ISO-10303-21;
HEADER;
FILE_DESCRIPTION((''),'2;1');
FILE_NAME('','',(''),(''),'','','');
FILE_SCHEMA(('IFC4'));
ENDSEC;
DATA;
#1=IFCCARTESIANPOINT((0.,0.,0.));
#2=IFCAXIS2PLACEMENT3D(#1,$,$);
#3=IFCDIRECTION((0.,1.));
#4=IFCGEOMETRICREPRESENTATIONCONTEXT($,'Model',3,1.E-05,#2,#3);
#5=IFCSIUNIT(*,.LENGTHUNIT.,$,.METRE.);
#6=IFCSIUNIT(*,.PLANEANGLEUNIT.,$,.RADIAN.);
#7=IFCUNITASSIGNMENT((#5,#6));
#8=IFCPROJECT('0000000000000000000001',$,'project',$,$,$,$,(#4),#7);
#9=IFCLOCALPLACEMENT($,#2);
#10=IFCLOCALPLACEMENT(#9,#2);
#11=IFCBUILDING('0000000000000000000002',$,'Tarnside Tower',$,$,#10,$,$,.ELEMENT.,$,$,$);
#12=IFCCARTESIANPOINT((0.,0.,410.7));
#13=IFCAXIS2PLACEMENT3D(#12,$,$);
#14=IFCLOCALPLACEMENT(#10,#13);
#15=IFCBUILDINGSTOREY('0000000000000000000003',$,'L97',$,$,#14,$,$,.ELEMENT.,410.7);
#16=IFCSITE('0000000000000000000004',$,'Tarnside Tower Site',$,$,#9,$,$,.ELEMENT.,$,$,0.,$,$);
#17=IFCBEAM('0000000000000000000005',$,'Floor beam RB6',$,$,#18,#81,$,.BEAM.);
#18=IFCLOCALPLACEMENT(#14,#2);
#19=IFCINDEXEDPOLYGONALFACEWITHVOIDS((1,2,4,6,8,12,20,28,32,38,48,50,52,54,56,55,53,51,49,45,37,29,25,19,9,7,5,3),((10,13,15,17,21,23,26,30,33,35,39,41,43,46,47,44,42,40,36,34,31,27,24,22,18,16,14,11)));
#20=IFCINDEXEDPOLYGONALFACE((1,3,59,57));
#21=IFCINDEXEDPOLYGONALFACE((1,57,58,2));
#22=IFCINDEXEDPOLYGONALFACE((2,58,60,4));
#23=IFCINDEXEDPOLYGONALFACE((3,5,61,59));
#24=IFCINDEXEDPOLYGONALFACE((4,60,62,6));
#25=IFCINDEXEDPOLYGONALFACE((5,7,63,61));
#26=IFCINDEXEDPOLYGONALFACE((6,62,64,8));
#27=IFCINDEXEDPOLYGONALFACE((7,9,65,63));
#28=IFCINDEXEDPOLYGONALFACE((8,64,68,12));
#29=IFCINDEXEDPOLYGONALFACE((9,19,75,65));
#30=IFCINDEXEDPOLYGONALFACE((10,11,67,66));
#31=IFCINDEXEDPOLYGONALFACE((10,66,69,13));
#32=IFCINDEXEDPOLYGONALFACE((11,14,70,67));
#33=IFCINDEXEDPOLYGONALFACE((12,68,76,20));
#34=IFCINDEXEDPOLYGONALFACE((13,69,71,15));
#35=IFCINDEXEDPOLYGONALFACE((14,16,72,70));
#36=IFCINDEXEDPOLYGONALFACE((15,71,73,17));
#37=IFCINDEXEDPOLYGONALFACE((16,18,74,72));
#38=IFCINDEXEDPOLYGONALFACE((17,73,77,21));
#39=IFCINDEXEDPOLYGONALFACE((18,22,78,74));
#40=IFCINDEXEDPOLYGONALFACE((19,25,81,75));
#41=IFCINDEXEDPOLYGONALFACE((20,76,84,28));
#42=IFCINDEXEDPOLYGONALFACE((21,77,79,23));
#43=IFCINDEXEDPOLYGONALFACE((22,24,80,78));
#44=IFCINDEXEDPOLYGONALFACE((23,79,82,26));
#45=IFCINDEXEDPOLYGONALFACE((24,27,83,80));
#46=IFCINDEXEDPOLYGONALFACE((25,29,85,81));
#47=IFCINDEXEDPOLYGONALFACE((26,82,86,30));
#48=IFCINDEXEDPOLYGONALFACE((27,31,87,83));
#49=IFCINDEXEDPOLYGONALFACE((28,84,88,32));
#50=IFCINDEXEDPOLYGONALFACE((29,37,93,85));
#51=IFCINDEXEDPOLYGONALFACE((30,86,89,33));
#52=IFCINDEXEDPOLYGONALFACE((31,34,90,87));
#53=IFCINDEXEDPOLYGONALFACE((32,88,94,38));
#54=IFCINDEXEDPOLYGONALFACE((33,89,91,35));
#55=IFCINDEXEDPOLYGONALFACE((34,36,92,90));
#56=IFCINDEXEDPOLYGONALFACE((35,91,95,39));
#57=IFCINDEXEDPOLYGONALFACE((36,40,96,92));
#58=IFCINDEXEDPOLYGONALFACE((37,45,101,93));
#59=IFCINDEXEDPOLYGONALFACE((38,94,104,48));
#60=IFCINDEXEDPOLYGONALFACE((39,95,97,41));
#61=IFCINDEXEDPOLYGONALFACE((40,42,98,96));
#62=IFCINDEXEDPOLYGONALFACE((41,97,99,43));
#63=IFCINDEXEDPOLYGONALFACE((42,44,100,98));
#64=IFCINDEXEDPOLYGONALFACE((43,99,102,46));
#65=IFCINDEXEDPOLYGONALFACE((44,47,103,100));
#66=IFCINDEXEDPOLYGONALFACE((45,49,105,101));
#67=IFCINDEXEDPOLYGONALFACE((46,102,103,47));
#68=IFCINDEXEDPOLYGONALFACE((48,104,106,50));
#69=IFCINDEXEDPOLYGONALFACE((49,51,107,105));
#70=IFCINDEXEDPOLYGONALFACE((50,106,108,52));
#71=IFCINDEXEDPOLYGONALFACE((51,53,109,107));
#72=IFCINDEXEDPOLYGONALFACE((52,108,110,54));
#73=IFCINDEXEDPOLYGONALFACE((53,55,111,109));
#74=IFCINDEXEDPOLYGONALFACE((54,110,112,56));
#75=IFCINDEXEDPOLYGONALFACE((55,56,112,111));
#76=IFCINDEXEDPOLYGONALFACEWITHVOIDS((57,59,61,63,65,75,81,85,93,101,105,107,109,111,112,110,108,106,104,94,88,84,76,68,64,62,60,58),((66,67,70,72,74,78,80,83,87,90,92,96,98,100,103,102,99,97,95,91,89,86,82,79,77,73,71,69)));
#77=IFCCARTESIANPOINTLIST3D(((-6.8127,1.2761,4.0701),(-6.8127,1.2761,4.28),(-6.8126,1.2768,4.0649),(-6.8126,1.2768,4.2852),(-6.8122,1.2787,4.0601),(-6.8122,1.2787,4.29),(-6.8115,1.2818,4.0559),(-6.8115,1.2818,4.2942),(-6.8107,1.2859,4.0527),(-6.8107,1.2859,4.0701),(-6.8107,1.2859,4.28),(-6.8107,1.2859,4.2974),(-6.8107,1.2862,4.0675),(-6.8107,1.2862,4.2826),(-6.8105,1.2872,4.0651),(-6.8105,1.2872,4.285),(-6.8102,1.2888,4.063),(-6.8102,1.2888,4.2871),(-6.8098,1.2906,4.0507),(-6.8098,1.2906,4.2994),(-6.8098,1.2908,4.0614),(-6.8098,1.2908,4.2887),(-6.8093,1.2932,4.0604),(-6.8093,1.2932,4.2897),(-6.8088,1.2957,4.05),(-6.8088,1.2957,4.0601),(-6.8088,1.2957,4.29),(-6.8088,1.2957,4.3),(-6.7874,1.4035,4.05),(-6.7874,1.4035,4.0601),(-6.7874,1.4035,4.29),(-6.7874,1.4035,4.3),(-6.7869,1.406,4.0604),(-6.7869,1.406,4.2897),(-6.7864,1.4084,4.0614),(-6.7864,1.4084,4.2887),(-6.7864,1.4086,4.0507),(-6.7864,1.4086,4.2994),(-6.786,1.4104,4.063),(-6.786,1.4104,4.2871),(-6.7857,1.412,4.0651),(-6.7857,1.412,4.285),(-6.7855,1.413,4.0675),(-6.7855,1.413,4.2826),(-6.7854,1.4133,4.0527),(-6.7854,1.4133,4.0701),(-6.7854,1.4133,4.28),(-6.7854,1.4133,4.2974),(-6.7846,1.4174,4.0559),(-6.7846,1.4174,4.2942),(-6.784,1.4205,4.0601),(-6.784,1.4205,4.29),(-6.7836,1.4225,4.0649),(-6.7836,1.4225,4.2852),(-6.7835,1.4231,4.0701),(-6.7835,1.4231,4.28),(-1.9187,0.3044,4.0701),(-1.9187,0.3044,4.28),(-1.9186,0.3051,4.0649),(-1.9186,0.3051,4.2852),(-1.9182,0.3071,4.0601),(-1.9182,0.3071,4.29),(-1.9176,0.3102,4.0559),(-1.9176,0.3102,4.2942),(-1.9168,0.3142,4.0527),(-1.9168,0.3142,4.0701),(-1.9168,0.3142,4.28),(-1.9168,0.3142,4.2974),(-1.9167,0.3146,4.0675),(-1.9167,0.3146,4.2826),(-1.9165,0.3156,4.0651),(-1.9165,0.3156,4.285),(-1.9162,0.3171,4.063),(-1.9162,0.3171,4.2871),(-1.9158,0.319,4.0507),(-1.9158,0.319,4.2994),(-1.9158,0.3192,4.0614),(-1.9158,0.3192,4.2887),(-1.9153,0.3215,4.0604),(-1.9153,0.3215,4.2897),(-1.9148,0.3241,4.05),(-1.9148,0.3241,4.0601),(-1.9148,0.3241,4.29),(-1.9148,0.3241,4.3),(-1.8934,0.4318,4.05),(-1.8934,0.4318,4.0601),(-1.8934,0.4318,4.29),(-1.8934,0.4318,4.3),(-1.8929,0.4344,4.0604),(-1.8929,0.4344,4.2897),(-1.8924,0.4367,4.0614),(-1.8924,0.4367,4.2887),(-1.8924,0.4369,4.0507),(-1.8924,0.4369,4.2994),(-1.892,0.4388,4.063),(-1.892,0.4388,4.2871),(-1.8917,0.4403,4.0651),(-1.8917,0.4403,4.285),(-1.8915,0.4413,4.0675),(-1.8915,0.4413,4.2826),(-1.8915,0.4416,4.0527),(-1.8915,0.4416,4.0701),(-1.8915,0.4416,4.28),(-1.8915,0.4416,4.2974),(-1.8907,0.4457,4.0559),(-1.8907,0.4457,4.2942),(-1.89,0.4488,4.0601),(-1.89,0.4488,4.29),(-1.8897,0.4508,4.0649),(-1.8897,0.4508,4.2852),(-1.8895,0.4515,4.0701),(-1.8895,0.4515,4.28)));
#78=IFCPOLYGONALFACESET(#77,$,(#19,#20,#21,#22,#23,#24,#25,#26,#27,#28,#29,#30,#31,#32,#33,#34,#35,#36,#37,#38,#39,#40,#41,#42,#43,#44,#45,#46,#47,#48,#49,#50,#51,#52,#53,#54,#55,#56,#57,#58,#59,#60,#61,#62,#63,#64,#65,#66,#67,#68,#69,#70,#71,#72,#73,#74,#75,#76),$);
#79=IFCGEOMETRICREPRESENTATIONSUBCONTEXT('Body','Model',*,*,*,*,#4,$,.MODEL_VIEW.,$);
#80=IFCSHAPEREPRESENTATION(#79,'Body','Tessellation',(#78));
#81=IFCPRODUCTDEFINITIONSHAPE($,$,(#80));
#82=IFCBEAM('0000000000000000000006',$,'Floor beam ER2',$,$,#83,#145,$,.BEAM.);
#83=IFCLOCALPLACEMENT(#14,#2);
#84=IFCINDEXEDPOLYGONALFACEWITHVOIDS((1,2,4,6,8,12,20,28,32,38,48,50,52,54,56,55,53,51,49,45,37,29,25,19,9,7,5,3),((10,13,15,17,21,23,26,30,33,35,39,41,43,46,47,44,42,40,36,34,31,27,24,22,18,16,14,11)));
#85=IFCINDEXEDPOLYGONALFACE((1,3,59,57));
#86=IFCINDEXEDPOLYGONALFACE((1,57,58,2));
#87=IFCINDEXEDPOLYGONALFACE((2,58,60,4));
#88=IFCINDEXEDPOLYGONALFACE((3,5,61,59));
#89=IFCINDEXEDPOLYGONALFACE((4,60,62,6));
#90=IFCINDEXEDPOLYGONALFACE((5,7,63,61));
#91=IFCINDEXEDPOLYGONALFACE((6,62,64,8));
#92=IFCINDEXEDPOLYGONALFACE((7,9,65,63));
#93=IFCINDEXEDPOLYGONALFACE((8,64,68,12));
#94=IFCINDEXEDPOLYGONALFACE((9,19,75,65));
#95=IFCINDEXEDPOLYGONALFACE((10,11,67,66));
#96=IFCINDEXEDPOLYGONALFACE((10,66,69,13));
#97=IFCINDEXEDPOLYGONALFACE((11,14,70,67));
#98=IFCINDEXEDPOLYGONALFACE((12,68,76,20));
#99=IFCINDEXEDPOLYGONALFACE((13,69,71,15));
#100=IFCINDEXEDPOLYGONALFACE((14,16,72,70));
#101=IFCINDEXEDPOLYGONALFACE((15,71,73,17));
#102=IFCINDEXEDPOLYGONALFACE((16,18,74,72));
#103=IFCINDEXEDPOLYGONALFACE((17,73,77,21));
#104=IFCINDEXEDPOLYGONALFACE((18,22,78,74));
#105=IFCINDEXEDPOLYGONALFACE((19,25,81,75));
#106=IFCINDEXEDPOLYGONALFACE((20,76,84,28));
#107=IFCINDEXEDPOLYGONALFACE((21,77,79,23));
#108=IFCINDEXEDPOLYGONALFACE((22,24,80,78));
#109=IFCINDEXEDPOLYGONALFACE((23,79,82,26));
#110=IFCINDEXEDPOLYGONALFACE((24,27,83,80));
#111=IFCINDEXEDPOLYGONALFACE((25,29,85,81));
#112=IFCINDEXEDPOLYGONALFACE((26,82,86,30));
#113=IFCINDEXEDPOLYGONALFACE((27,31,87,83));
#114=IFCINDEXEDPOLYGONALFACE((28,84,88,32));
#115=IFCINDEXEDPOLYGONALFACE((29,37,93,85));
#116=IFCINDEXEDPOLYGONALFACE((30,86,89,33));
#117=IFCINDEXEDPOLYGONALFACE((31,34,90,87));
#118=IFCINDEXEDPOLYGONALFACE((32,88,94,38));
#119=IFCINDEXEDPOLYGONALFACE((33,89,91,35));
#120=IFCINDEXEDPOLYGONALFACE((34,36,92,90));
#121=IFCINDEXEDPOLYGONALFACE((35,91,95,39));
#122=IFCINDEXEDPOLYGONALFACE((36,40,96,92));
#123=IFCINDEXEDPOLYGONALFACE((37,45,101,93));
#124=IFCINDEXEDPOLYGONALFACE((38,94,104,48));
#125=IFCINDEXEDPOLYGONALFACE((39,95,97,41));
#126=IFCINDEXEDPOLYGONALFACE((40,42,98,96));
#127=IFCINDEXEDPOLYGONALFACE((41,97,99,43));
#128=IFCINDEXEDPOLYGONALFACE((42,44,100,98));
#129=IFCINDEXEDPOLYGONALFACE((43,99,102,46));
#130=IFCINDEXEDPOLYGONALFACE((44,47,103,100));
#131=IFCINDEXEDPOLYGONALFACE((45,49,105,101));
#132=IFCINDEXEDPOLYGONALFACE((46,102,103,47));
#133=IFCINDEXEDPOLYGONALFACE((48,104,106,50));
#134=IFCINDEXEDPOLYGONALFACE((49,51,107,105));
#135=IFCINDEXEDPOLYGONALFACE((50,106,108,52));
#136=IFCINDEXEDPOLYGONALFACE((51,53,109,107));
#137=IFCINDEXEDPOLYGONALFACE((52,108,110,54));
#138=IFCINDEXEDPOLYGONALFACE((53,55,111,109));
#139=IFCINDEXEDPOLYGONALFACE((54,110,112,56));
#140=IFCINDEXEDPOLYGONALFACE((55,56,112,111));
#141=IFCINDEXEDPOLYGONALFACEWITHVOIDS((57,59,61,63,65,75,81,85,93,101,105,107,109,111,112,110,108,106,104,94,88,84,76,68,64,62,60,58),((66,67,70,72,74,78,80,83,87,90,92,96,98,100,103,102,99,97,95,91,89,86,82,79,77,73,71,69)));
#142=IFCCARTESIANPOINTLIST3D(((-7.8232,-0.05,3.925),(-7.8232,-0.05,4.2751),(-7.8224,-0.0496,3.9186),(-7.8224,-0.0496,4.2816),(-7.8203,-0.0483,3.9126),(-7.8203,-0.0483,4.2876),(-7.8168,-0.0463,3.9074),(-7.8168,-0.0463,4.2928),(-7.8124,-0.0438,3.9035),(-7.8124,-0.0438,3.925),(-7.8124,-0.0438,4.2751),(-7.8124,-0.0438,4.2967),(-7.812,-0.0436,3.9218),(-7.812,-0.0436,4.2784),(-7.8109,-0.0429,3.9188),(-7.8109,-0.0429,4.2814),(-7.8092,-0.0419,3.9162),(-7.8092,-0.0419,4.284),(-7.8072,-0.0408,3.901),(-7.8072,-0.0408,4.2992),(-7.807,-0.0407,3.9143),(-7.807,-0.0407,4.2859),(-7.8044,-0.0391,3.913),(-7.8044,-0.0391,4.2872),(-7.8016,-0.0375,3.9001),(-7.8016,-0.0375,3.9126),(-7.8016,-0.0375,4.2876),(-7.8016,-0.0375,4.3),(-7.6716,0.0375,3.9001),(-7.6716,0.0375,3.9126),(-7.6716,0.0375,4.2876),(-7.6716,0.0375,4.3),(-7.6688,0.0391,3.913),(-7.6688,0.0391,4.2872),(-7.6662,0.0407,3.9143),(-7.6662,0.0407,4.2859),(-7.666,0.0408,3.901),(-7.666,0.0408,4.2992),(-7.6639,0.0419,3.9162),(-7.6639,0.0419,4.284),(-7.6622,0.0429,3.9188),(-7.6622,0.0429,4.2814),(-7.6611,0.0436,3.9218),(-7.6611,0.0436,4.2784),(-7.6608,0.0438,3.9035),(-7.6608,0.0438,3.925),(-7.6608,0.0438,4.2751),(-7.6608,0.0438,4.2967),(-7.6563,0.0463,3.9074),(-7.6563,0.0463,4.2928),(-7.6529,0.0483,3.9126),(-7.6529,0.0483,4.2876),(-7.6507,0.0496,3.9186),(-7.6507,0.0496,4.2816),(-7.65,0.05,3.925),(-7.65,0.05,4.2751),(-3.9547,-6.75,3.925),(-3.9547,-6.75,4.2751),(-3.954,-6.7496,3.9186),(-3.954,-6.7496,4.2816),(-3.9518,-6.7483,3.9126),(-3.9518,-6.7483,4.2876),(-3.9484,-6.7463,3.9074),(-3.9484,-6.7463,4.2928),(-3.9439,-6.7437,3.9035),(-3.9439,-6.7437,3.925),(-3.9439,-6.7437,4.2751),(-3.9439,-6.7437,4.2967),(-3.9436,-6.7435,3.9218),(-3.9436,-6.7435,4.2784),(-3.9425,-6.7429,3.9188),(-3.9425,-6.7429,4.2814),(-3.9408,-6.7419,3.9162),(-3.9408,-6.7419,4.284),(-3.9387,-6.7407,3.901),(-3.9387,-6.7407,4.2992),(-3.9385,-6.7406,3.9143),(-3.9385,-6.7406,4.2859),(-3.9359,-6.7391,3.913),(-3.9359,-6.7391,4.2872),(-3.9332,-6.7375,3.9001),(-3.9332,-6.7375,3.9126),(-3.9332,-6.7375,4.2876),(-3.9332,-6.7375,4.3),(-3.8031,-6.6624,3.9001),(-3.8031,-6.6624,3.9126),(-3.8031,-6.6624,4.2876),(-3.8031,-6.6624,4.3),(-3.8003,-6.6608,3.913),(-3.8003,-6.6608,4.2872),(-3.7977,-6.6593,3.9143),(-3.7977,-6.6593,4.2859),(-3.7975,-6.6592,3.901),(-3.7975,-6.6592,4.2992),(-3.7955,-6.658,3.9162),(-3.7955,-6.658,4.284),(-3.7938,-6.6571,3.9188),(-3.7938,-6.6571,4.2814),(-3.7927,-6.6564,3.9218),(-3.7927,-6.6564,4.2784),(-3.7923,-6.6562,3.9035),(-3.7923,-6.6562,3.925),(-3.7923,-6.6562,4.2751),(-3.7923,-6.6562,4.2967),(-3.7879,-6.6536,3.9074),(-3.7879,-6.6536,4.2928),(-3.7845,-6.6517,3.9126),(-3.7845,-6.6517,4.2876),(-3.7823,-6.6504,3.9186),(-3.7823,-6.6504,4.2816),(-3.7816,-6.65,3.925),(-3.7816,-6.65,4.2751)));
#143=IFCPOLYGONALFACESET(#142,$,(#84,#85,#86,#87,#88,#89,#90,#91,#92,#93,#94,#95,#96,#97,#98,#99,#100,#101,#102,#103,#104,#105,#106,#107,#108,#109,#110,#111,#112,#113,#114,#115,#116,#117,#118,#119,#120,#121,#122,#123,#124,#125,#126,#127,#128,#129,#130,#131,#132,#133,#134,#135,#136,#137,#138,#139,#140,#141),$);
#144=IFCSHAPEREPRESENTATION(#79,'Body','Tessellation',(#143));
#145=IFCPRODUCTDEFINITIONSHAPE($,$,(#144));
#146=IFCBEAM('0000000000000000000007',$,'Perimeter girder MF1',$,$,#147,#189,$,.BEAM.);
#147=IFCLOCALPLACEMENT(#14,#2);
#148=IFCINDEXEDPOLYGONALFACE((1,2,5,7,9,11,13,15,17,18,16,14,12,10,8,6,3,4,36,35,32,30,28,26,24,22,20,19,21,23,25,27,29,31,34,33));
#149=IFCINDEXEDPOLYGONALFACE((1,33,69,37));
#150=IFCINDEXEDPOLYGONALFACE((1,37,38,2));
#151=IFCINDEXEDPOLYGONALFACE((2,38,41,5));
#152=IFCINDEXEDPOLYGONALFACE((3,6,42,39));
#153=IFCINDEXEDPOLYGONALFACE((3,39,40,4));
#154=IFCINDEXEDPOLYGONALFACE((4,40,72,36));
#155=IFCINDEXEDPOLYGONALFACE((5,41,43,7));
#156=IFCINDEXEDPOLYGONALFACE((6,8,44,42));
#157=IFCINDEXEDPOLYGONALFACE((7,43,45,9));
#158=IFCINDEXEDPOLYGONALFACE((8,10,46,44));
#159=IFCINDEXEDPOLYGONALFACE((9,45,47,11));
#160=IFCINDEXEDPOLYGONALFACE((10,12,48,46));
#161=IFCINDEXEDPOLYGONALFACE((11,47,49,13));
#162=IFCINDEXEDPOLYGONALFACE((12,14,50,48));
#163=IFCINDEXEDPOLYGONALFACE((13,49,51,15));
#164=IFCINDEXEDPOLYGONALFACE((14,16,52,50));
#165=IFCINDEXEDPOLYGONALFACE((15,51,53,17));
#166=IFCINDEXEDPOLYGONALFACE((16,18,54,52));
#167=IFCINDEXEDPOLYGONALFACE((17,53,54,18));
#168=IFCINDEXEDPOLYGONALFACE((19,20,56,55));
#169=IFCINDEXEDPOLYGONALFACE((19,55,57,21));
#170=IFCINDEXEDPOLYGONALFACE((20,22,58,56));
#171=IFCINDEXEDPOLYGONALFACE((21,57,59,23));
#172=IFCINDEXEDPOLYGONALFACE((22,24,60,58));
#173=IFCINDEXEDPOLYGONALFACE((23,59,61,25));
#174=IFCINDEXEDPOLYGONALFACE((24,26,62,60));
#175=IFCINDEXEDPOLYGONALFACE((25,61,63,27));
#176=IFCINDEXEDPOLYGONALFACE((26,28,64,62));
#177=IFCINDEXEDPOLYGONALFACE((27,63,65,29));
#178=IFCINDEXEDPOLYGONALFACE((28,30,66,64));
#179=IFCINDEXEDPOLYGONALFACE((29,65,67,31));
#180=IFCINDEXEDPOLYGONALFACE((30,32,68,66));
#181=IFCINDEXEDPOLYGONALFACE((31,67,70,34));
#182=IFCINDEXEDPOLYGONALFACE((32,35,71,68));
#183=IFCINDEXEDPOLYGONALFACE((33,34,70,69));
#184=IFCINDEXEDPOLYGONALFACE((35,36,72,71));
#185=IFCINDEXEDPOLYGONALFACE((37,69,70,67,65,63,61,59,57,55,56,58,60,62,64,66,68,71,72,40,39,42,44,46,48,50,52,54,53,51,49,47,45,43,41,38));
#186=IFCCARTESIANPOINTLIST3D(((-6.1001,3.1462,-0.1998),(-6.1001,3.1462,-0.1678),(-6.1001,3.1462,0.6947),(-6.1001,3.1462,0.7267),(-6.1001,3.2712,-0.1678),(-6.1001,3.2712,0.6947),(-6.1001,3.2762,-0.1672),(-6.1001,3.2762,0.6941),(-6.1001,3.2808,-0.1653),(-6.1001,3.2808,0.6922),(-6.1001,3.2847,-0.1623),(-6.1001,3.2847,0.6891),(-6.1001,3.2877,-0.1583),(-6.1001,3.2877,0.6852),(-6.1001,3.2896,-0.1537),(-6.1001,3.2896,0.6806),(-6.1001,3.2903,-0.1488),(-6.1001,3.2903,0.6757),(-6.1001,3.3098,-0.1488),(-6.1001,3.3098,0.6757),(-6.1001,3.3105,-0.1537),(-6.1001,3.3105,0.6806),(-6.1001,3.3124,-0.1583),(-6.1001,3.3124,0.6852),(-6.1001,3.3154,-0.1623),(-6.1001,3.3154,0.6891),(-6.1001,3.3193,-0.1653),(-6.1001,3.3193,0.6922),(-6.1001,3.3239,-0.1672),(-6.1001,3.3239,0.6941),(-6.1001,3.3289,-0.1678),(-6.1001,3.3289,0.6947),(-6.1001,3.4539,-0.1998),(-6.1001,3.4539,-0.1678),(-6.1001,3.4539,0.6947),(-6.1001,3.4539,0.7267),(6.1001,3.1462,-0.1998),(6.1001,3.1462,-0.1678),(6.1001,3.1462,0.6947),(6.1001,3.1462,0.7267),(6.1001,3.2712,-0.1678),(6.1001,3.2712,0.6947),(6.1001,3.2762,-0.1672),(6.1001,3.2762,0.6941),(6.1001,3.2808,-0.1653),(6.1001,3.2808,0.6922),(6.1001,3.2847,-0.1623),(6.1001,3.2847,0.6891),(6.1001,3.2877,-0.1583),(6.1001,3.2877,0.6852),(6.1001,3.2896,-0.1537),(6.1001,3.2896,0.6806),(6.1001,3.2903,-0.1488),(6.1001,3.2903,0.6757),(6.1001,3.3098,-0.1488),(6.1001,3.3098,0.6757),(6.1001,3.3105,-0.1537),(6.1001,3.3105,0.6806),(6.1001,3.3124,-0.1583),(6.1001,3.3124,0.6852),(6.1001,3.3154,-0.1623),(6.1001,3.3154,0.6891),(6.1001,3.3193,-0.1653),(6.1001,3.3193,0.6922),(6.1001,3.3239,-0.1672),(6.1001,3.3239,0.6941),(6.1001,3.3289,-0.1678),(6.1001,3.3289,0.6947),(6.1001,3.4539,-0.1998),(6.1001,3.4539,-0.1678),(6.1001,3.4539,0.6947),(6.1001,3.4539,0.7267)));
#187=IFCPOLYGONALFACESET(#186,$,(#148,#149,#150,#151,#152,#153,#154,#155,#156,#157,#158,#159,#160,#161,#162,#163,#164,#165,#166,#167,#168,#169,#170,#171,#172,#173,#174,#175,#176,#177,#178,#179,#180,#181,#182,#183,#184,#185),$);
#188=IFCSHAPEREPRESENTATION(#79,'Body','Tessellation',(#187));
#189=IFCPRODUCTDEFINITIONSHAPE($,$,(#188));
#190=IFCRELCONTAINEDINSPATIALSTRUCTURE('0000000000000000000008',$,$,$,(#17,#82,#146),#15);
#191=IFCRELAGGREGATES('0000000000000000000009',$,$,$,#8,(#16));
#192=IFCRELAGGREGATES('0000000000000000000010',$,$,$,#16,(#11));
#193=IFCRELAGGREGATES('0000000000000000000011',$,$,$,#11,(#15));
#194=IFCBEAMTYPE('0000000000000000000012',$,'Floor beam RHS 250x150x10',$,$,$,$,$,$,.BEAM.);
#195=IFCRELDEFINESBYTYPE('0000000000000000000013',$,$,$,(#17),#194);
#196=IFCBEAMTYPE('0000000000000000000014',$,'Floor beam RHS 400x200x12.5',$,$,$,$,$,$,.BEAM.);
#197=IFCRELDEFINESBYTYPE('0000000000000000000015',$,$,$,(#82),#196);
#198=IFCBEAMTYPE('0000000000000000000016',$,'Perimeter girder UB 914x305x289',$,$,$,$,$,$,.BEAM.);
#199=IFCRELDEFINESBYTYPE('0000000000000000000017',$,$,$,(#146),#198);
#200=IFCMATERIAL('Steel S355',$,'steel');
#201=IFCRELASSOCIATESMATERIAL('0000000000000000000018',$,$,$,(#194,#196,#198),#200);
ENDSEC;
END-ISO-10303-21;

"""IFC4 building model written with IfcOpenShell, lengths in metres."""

from ifc_helpers import new_model, si_unit, direction, frame, origin, origin_2d, place, context, subcontext, project, spatial, hollow_rectangle, i_section, extrude, material, material_profile, profile_set, type_object, element, save


model = new_model("IFC4")

# Units and contexts
model_context = context("Model", 3, precision=1e-05, world=origin(), true_north=direction((0.0, 1.0)))
body_context = subcontext(model_context, "Body", "Model", "MODEL_VIEW")
ifc_project = project(units=[si_unit("LENGTHUNIT", "METRE"), si_unit("PLANEANGLEUNIT", "RADIAN")], contexts=[model_context])

# Site, building, storey
site_placement = place(None, origin())
site = spatial("IfcSite", under=ifc_project, at=site_placement, Name="Tarnside Tower Site", CompositionType="ELEMENT", RefElevation=0.0)
building_placement = place(site_placement, origin())
building = spatial("IfcBuilding", under=site, at=building_placement, Name="Tarnside Tower", CompositionType="ELEMENT")
storey_placement = place(building_placement, frame((0.0, 0.0, 410.7)))
storey = spatial("IfcBuildingStorey", under=building, at=storey_placement, Name="L97", CompositionType="ELEMENT", Elevation=410.7)

# Shared definitions
ifc_material_1 = material(Name="Steel S355", Category="steel")

# Beams
ifc_material_profile_1 = material_profile(ifc_material_1, hollow_rectangle(XDim=0.1499, YDim=0.25, WallThickness=0.01, InnerFilletRadius=0.01, OuterFilletRadius=0.02, at=origin_2d()), Name="RHS 250x150x10")
ifc_profile_set_1 = profile_set([ifc_material_profile_1], Name="Steel S355")
beam_type_1 = type_object("IfcBeamType", Name="Floor beam RHS 250x150x10", PredefinedType="BEAM", material=ifc_profile_set_1)
beam_1_placement = place(storey_placement, frame((-6.7981, 1.3496, 4.175), z_axis=(0.980854, -0.194742, 0.0), x_axis=(0.194742, 0.980854, 0.0)))
element("IfcBeam", 1, at=beam_1_placement, inside=storey, type_object=beam_type_1, Name="Floor beam RB6", PredefinedType="BEAM", context=body_context, shape_type="SweptSolid", body=[
    extrude(hollow_rectangle(XDim=0.1499, YDim=0.25, WallThickness=0.01, InnerFilletRadius=0.01, OuterFilletRadius=0.02, at=origin_2d()), origin(), (0.0, 0.0, 1.0), 4.9895),
])
ifc_material_profile_2 = material_profile(ifc_material_1, hollow_rectangle(XDim=0.2, YDim=0.3999, WallThickness=0.0125, InnerFilletRadius=0.0125, OuterFilletRadius=0.0249, at=origin_2d()), Name="RHS 400x200x12.5")
ifc_profile_set_2 = profile_set([ifc_material_profile_2], Name="Steel S355")
beam_type_2 = type_object("IfcBeamType", Name="Floor beam RHS 400x200x12.5", PredefinedType="BEAM", material=ifc_profile_set_2)
beam_2_placement = place(storey_placement, frame((-7.7366, 0.0, 4.1001), z_axis=(0.500018, -0.866015, 0.0), x_axis=(0.866015, 0.500018, 0.0)))
element("IfcBeam", 2, at=beam_2_placement, inside=storey, type_object=beam_type_2, Name="Floor beam ER2", PredefinedType="BEAM", context=body_context, shape_type="SweptSolid", body=[
    extrude(hollow_rectangle(XDim=0.2, YDim=0.3999, WallThickness=0.0125, InnerFilletRadius=0.0125, OuterFilletRadius=0.0249, at=origin_2d()), origin(), (0.0, 0.0, 1.0), 7.7366),
])
ifc_material_profile_3 = material_profile(ifc_material_1, i_section(OverallWidth=0.3076, OverallDepth=0.9265, WebThickness=0.0195, FlangeThickness=0.032, FilletRadius=0.019, at=origin_2d()), Name="UB 914x305x289")
ifc_profile_set_3 = profile_set([ifc_material_profile_3], Name="Steel S355")
beam_type_3 = type_object("IfcBeamType", Name="Perimeter girder UB 914x305x289", PredefinedType="BEAM", material=ifc_profile_set_3)
beam_3_placement = place(storey_placement, frame((-6.1001, 3.3, 0.2634), z_axis=(1.0, 0.0, 0.0), x_axis=(0.0, 1.0, 0.0)))
element("IfcBeam", 3, at=beam_3_placement, inside=storey, type_object=beam_type_3, Name="Perimeter girder MF1", PredefinedType="BEAM", context=body_context, shape_type="SweptSolid", body=[
    extrude(i_section(OverallWidth=0.3076, OverallDepth=0.9265, WebThickness=0.0195, FlangeThickness=0.032, FilletRadius=0.019, at=origin_2d()), origin(), (0.0, 0.0, 1.0), 12.2002),
])

save(model, "model.ifc")
